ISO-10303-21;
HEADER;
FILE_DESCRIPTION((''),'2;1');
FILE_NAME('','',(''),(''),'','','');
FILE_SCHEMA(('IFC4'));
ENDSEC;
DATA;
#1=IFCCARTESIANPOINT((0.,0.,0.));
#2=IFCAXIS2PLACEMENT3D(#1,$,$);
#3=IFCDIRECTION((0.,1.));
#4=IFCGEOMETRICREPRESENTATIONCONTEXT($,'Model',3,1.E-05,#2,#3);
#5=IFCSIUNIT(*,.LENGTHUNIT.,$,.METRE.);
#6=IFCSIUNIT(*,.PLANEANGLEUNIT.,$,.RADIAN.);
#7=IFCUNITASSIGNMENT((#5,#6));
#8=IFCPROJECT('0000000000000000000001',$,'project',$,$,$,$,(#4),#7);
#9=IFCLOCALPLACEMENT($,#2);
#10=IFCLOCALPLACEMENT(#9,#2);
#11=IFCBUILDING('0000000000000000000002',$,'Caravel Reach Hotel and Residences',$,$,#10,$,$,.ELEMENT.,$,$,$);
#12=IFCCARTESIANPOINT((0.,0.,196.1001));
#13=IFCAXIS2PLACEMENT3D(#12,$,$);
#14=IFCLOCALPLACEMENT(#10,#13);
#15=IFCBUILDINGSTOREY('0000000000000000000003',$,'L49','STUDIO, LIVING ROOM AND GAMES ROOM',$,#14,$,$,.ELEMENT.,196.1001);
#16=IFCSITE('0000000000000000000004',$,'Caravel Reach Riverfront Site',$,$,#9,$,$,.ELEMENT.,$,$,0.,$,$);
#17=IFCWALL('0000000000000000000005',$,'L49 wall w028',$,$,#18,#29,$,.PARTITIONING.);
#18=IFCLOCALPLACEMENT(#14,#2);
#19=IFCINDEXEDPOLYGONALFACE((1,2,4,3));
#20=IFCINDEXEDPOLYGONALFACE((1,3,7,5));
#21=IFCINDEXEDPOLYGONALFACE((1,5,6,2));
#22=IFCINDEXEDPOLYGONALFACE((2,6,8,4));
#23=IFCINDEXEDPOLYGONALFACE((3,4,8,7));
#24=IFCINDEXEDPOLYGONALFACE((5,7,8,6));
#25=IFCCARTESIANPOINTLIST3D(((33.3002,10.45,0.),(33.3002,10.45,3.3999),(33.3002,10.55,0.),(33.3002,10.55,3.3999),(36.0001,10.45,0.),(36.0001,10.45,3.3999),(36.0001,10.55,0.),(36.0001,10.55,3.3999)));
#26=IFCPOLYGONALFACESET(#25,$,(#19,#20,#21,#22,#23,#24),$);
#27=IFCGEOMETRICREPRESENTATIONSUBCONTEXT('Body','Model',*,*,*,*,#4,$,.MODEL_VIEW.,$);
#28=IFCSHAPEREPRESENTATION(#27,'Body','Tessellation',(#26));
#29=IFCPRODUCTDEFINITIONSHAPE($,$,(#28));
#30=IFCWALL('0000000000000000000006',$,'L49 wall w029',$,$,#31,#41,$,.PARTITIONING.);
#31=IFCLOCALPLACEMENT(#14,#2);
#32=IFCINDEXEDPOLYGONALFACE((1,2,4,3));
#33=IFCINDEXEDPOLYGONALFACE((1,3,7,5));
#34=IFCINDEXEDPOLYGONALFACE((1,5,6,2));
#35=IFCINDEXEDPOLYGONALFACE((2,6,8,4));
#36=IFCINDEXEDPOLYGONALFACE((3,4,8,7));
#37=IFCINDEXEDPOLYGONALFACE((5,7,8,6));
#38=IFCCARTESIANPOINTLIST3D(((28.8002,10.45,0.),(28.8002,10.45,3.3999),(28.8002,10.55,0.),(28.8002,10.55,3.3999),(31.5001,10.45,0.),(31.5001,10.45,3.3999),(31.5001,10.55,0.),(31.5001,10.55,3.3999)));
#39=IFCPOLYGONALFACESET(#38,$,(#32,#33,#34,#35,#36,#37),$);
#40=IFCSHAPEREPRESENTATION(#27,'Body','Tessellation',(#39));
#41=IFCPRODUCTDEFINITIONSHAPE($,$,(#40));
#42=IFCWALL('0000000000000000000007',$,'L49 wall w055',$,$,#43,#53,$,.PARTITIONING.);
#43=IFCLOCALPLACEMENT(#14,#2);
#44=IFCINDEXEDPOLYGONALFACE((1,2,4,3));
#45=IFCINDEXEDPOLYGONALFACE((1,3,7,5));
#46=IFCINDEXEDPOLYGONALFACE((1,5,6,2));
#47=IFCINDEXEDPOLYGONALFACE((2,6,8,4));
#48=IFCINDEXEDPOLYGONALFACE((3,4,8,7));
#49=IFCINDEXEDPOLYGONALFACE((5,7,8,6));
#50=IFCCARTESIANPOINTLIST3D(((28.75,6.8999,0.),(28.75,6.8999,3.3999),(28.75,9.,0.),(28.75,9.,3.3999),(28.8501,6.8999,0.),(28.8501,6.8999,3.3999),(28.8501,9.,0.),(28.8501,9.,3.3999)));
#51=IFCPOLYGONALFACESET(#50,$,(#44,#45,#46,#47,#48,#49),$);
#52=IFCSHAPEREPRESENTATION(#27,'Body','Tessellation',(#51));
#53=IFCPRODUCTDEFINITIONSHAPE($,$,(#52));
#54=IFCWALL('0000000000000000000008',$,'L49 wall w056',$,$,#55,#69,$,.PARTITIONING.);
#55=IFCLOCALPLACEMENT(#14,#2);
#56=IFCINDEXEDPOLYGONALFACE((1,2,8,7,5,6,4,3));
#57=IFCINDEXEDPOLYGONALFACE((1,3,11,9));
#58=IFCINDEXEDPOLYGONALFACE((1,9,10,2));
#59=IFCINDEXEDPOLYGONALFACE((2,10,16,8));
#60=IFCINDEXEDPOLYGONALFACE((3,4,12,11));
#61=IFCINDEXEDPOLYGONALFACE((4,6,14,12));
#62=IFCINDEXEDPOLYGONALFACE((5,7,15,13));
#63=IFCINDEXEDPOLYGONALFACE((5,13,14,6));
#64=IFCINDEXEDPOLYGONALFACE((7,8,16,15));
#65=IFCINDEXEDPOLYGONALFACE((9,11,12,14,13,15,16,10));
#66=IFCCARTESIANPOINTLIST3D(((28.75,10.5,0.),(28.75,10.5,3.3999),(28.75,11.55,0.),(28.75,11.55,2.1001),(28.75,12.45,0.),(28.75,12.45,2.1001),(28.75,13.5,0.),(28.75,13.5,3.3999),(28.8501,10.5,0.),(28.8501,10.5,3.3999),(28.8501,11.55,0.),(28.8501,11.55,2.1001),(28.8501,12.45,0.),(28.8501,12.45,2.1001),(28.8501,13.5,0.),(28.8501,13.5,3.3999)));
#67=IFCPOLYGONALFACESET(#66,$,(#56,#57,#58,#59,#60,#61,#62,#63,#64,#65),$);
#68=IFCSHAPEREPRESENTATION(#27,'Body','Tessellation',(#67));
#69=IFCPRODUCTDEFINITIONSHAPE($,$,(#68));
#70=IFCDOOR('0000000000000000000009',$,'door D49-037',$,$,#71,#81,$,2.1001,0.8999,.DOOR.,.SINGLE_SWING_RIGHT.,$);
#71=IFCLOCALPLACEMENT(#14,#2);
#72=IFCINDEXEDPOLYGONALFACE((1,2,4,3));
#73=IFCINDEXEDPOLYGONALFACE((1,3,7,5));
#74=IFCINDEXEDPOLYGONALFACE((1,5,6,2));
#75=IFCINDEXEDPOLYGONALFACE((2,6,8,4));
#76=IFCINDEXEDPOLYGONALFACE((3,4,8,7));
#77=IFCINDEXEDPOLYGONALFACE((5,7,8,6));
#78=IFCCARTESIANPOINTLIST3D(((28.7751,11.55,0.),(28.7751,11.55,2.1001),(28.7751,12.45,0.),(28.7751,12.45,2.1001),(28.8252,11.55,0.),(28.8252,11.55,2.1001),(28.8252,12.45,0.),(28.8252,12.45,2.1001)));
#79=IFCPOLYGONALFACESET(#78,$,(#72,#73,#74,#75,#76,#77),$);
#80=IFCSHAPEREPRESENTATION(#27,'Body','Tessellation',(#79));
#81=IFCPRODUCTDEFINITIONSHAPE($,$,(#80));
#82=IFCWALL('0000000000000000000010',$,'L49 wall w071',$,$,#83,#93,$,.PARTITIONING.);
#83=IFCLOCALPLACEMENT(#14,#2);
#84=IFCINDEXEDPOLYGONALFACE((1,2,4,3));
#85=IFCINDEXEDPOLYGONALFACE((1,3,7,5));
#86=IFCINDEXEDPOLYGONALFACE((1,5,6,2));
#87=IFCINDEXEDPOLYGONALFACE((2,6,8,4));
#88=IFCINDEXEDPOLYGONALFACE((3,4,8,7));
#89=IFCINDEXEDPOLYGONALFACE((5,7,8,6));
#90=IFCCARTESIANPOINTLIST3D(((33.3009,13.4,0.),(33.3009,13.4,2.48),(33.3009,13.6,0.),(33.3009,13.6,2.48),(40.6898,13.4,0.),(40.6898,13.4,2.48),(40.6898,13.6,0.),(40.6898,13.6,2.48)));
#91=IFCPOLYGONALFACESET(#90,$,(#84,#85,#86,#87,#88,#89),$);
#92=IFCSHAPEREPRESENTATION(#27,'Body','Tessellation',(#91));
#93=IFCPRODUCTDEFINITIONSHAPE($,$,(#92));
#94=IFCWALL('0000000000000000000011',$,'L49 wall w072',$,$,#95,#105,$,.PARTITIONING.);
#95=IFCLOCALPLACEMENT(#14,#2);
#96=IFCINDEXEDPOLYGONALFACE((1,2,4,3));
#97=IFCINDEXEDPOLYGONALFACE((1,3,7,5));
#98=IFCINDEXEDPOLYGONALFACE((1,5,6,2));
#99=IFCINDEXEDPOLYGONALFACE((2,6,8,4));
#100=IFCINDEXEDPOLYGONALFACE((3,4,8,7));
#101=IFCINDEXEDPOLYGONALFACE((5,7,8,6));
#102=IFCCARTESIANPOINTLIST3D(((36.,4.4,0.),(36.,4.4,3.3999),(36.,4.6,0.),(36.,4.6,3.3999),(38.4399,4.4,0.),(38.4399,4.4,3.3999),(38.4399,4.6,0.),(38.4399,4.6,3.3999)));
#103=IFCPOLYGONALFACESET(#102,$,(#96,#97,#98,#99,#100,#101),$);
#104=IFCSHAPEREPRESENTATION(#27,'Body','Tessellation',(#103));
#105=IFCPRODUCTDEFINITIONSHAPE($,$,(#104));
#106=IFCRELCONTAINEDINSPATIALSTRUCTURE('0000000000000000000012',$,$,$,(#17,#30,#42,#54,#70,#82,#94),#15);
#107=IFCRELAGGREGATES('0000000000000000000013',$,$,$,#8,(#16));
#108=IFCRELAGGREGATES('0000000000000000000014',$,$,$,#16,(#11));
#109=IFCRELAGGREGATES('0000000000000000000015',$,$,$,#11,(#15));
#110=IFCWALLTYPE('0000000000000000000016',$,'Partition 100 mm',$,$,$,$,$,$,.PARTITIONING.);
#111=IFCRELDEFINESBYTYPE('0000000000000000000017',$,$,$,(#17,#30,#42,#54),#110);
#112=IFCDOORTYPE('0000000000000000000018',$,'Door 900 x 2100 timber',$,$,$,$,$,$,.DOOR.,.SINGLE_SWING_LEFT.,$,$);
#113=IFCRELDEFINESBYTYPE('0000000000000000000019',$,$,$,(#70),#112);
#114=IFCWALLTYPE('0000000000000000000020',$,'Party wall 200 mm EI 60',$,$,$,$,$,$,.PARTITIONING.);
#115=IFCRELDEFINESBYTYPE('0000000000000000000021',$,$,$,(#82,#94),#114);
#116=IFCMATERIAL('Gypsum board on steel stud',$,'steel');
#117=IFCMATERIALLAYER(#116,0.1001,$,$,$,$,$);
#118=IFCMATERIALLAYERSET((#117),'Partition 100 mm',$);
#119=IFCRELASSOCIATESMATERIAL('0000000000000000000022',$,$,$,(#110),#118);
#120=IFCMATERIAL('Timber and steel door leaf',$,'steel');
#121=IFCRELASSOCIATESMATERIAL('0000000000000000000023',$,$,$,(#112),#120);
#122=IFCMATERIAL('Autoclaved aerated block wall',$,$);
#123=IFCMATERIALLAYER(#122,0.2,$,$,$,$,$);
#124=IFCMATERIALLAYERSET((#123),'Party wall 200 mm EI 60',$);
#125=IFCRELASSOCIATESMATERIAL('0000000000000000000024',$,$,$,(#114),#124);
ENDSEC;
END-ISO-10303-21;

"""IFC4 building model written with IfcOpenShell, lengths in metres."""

from ifc_helpers import new_model, si_unit, direction, frame, frame_2d, origin, place, context, subcontext, project, spatial, rectangle, extrude, material, layer, layer_set, type_object, element, fill, save


model = new_model("IFC4")

# Units and contexts
model_context = context("Model", 3, precision=1e-05, world=origin(), true_north=direction((0.0, 1.0)))
body_context = subcontext(model_context, "Body", "Model", "MODEL_VIEW")
ifc_project = project(units=[si_unit("LENGTHUNIT", "METRE"), si_unit("PLANEANGLEUNIT", "RADIAN")], contexts=[model_context])

# Site, building, storey
site_placement = place(None, origin())
site = spatial("IfcSite", under=ifc_project, at=site_placement, Name="Caravel Reach Riverfront Site", CompositionType="ELEMENT", RefElevation=0.0)
building_placement = place(site_placement, origin())
building = spatial("IfcBuilding", under=site, at=building_placement, Name="Caravel Reach Hotel and Residences", CompositionType="ELEMENT")
storey_placement = place(building_placement, frame((0.0, 0.0, 196.1001)))
storey = spatial("IfcBuildingStorey", under=building, at=storey_placement, Name="L49", Description="STUDIO, LIVING ROOM AND GAMES ROOM", CompositionType="ELEMENT", Elevation=196.1001)

# Walls
ifc_material_1 = material(Name="Gypsum board on steel stud", Category="steel")
ifc_layer_1 = layer(ifc_material_1, 0.1001)
ifc_layer_set_1 = layer_set([ifc_layer_1], Name="Partition 100 mm")
wall_type_1 = type_object("IfcWallType", Name="Partition 100 mm", PredefinedType="PARTITIONING", material=ifc_layer_set_1)
for number, where, z_axis, x_axis, name in (
    (1, (33.3, 10.5, 0.0), (0.0, 0.0, 1.0), (1.0, 0.0, 0.0), "L49 wall w028"),
    (2, (28.8, 10.5, 0.0), (0.0, 0.0, 1.0), (1.0, 0.0, 0.0), "L49 wall w029"),
):
    element("IfcWall", number, at=place(storey_placement, frame(where, z_axis=z_axis, x_axis=x_axis)), inside=storey, type_object=wall_type_1, Name=name, PredefinedType="PARTITIONING", context=body_context, shape_type="SweptSolid", body=[
        extrude(rectangle(XDim=2.7, YDim=0.1001, at=frame_2d((1.3501, 0.0))), origin(), (0.0, 0.0, 1.0), 3.3999),
    ])
wall_1_placement = place(storey_placement, frame((28.8, 6.8999, 0.0), z_axis=(0.0, 0.0, 1.0), x_axis=(0.0, 1.0, 0.0)))
element("IfcWall", 3, at=wall_1_placement, inside=storey, type_object=wall_type_1, Name="L49 wall w055", PredefinedType="PARTITIONING", context=body_context, shape_type="SweptSolid", body=[
    extrude(rectangle(XDim=2.1001, YDim=0.1001, at=frame_2d((1.05, 0.0))), origin(), (0.0, 0.0, 1.0), 3.3999),
])

# Wall, opening, door
wall_2_placement = place(storey_placement, frame((28.8, 10.5, 0.0), z_axis=(0.0, 0.0, 1.0), x_axis=(0.0, 1.0, 0.0)))
wall_2 = element("IfcWall", 4, at=wall_2_placement, inside=storey, type_object=wall_type_1, Name="L49 wall w056", PredefinedType="PARTITIONING", context=body_context, shape_type="SweptSolid", body=[
    extrude(rectangle(XDim=3.0, YDim=0.1001, at=frame_2d((1.5, 0.0))), origin(), (0.0, 0.0, 1.0), 3.3999),
])
opening_1_placement = place(wall_2_placement, frame((1.05, 0.0, 0.0)))
opening_1 = element("IfcOpeningElement", 5, at=opening_1_placement, cuts=wall_2, PredefinedType="OPENING", context=body_context, shape_type="SweptSolid", body=[
    extrude(rectangle(XDim=0.8999, YDim=2.1001, at=frame_2d((0.45, 1.05))), frame((0.0, 0.0601, 0.0), z_axis=(0.0, -1.0, 0.0), x_axis=(1.0, 0.0, 0.0)), (0.0, 0.0, 1.0), 0.1201),
])
ifc_material_2 = material(Name="Timber and steel door leaf", Category="steel")
door_type_1 = type_object("IfcDoorType", Name="Door 900 x 2100 timber", OperationType="SINGLE_SWING_LEFT", PredefinedType="DOOR", material=ifc_material_2)
door_1_placement = place(opening_1_placement, origin())
door_1 = element("IfcDoor", 6, at=door_1_placement, inside=storey, type_object=door_type_1, Name="door D49-037", OperationType="SINGLE_SWING_RIGHT", OverallHeight=2.1001, OverallWidth=0.8999, PredefinedType="DOOR", context=body_context, shape_type="SweptSolid", body=[
    extrude(rectangle(XDim=0.8999, YDim=2.1001, at=frame_2d((0.45, 1.05))), frame((0.0, 0.0249, 0.0), z_axis=(0.0, -1.0, 0.0), x_axis=(1.0, 0.0, 0.0)), (0.0, 0.0, 1.0), 0.05),
])
fill(opening_1, door_1)

# Walls
ifc_material_3 = material(Name="Autoclaved aerated block wall")
ifc_layer_2 = layer(ifc_material_3, 0.2)
ifc_layer_set_2 = layer_set([ifc_layer_2], Name="Party wall 200 mm EI 60")
wall_type_2 = type_object("IfcWallType", Name="Party wall 200 mm EI 60", PredefinedType="PARTITIONING", material=ifc_layer_set_2)
wall_3_placement = place(storey_placement, frame((33.301, 13.5, 0.0), z_axis=(0.0, 0.0, 1.0), x_axis=(1.0, 0.0, 0.0)))
element("IfcWall", 7, at=wall_3_placement, inside=storey, type_object=wall_type_2, Name="L49 wall w071", PredefinedType="PARTITIONING", context=body_context, shape_type="SweptSolid", body=[
    extrude(rectangle(XDim=7.3889, YDim=0.2, at=frame_2d((3.6943, 0.0))), origin(), (0.0, 0.0, 1.0), 2.48),
])
wall_4_placement = place(storey_placement, frame((36.0, 4.5, 0.0), z_axis=(0.0, 0.0, 1.0), x_axis=(1.0, 0.0, 0.0)))
element("IfcWall", 8, at=wall_4_placement, inside=storey, type_object=wall_type_2, Name="L49 wall w072", PredefinedType="PARTITIONING", context=body_context, shape_type="SweptSolid", body=[
    extrude(rectangle(XDim=2.4399, YDim=0.2, at=frame_2d((1.22, 0.0))), origin(), (0.0, 0.0, 1.0), 3.3999),
])

save(model, "model.ifc")
